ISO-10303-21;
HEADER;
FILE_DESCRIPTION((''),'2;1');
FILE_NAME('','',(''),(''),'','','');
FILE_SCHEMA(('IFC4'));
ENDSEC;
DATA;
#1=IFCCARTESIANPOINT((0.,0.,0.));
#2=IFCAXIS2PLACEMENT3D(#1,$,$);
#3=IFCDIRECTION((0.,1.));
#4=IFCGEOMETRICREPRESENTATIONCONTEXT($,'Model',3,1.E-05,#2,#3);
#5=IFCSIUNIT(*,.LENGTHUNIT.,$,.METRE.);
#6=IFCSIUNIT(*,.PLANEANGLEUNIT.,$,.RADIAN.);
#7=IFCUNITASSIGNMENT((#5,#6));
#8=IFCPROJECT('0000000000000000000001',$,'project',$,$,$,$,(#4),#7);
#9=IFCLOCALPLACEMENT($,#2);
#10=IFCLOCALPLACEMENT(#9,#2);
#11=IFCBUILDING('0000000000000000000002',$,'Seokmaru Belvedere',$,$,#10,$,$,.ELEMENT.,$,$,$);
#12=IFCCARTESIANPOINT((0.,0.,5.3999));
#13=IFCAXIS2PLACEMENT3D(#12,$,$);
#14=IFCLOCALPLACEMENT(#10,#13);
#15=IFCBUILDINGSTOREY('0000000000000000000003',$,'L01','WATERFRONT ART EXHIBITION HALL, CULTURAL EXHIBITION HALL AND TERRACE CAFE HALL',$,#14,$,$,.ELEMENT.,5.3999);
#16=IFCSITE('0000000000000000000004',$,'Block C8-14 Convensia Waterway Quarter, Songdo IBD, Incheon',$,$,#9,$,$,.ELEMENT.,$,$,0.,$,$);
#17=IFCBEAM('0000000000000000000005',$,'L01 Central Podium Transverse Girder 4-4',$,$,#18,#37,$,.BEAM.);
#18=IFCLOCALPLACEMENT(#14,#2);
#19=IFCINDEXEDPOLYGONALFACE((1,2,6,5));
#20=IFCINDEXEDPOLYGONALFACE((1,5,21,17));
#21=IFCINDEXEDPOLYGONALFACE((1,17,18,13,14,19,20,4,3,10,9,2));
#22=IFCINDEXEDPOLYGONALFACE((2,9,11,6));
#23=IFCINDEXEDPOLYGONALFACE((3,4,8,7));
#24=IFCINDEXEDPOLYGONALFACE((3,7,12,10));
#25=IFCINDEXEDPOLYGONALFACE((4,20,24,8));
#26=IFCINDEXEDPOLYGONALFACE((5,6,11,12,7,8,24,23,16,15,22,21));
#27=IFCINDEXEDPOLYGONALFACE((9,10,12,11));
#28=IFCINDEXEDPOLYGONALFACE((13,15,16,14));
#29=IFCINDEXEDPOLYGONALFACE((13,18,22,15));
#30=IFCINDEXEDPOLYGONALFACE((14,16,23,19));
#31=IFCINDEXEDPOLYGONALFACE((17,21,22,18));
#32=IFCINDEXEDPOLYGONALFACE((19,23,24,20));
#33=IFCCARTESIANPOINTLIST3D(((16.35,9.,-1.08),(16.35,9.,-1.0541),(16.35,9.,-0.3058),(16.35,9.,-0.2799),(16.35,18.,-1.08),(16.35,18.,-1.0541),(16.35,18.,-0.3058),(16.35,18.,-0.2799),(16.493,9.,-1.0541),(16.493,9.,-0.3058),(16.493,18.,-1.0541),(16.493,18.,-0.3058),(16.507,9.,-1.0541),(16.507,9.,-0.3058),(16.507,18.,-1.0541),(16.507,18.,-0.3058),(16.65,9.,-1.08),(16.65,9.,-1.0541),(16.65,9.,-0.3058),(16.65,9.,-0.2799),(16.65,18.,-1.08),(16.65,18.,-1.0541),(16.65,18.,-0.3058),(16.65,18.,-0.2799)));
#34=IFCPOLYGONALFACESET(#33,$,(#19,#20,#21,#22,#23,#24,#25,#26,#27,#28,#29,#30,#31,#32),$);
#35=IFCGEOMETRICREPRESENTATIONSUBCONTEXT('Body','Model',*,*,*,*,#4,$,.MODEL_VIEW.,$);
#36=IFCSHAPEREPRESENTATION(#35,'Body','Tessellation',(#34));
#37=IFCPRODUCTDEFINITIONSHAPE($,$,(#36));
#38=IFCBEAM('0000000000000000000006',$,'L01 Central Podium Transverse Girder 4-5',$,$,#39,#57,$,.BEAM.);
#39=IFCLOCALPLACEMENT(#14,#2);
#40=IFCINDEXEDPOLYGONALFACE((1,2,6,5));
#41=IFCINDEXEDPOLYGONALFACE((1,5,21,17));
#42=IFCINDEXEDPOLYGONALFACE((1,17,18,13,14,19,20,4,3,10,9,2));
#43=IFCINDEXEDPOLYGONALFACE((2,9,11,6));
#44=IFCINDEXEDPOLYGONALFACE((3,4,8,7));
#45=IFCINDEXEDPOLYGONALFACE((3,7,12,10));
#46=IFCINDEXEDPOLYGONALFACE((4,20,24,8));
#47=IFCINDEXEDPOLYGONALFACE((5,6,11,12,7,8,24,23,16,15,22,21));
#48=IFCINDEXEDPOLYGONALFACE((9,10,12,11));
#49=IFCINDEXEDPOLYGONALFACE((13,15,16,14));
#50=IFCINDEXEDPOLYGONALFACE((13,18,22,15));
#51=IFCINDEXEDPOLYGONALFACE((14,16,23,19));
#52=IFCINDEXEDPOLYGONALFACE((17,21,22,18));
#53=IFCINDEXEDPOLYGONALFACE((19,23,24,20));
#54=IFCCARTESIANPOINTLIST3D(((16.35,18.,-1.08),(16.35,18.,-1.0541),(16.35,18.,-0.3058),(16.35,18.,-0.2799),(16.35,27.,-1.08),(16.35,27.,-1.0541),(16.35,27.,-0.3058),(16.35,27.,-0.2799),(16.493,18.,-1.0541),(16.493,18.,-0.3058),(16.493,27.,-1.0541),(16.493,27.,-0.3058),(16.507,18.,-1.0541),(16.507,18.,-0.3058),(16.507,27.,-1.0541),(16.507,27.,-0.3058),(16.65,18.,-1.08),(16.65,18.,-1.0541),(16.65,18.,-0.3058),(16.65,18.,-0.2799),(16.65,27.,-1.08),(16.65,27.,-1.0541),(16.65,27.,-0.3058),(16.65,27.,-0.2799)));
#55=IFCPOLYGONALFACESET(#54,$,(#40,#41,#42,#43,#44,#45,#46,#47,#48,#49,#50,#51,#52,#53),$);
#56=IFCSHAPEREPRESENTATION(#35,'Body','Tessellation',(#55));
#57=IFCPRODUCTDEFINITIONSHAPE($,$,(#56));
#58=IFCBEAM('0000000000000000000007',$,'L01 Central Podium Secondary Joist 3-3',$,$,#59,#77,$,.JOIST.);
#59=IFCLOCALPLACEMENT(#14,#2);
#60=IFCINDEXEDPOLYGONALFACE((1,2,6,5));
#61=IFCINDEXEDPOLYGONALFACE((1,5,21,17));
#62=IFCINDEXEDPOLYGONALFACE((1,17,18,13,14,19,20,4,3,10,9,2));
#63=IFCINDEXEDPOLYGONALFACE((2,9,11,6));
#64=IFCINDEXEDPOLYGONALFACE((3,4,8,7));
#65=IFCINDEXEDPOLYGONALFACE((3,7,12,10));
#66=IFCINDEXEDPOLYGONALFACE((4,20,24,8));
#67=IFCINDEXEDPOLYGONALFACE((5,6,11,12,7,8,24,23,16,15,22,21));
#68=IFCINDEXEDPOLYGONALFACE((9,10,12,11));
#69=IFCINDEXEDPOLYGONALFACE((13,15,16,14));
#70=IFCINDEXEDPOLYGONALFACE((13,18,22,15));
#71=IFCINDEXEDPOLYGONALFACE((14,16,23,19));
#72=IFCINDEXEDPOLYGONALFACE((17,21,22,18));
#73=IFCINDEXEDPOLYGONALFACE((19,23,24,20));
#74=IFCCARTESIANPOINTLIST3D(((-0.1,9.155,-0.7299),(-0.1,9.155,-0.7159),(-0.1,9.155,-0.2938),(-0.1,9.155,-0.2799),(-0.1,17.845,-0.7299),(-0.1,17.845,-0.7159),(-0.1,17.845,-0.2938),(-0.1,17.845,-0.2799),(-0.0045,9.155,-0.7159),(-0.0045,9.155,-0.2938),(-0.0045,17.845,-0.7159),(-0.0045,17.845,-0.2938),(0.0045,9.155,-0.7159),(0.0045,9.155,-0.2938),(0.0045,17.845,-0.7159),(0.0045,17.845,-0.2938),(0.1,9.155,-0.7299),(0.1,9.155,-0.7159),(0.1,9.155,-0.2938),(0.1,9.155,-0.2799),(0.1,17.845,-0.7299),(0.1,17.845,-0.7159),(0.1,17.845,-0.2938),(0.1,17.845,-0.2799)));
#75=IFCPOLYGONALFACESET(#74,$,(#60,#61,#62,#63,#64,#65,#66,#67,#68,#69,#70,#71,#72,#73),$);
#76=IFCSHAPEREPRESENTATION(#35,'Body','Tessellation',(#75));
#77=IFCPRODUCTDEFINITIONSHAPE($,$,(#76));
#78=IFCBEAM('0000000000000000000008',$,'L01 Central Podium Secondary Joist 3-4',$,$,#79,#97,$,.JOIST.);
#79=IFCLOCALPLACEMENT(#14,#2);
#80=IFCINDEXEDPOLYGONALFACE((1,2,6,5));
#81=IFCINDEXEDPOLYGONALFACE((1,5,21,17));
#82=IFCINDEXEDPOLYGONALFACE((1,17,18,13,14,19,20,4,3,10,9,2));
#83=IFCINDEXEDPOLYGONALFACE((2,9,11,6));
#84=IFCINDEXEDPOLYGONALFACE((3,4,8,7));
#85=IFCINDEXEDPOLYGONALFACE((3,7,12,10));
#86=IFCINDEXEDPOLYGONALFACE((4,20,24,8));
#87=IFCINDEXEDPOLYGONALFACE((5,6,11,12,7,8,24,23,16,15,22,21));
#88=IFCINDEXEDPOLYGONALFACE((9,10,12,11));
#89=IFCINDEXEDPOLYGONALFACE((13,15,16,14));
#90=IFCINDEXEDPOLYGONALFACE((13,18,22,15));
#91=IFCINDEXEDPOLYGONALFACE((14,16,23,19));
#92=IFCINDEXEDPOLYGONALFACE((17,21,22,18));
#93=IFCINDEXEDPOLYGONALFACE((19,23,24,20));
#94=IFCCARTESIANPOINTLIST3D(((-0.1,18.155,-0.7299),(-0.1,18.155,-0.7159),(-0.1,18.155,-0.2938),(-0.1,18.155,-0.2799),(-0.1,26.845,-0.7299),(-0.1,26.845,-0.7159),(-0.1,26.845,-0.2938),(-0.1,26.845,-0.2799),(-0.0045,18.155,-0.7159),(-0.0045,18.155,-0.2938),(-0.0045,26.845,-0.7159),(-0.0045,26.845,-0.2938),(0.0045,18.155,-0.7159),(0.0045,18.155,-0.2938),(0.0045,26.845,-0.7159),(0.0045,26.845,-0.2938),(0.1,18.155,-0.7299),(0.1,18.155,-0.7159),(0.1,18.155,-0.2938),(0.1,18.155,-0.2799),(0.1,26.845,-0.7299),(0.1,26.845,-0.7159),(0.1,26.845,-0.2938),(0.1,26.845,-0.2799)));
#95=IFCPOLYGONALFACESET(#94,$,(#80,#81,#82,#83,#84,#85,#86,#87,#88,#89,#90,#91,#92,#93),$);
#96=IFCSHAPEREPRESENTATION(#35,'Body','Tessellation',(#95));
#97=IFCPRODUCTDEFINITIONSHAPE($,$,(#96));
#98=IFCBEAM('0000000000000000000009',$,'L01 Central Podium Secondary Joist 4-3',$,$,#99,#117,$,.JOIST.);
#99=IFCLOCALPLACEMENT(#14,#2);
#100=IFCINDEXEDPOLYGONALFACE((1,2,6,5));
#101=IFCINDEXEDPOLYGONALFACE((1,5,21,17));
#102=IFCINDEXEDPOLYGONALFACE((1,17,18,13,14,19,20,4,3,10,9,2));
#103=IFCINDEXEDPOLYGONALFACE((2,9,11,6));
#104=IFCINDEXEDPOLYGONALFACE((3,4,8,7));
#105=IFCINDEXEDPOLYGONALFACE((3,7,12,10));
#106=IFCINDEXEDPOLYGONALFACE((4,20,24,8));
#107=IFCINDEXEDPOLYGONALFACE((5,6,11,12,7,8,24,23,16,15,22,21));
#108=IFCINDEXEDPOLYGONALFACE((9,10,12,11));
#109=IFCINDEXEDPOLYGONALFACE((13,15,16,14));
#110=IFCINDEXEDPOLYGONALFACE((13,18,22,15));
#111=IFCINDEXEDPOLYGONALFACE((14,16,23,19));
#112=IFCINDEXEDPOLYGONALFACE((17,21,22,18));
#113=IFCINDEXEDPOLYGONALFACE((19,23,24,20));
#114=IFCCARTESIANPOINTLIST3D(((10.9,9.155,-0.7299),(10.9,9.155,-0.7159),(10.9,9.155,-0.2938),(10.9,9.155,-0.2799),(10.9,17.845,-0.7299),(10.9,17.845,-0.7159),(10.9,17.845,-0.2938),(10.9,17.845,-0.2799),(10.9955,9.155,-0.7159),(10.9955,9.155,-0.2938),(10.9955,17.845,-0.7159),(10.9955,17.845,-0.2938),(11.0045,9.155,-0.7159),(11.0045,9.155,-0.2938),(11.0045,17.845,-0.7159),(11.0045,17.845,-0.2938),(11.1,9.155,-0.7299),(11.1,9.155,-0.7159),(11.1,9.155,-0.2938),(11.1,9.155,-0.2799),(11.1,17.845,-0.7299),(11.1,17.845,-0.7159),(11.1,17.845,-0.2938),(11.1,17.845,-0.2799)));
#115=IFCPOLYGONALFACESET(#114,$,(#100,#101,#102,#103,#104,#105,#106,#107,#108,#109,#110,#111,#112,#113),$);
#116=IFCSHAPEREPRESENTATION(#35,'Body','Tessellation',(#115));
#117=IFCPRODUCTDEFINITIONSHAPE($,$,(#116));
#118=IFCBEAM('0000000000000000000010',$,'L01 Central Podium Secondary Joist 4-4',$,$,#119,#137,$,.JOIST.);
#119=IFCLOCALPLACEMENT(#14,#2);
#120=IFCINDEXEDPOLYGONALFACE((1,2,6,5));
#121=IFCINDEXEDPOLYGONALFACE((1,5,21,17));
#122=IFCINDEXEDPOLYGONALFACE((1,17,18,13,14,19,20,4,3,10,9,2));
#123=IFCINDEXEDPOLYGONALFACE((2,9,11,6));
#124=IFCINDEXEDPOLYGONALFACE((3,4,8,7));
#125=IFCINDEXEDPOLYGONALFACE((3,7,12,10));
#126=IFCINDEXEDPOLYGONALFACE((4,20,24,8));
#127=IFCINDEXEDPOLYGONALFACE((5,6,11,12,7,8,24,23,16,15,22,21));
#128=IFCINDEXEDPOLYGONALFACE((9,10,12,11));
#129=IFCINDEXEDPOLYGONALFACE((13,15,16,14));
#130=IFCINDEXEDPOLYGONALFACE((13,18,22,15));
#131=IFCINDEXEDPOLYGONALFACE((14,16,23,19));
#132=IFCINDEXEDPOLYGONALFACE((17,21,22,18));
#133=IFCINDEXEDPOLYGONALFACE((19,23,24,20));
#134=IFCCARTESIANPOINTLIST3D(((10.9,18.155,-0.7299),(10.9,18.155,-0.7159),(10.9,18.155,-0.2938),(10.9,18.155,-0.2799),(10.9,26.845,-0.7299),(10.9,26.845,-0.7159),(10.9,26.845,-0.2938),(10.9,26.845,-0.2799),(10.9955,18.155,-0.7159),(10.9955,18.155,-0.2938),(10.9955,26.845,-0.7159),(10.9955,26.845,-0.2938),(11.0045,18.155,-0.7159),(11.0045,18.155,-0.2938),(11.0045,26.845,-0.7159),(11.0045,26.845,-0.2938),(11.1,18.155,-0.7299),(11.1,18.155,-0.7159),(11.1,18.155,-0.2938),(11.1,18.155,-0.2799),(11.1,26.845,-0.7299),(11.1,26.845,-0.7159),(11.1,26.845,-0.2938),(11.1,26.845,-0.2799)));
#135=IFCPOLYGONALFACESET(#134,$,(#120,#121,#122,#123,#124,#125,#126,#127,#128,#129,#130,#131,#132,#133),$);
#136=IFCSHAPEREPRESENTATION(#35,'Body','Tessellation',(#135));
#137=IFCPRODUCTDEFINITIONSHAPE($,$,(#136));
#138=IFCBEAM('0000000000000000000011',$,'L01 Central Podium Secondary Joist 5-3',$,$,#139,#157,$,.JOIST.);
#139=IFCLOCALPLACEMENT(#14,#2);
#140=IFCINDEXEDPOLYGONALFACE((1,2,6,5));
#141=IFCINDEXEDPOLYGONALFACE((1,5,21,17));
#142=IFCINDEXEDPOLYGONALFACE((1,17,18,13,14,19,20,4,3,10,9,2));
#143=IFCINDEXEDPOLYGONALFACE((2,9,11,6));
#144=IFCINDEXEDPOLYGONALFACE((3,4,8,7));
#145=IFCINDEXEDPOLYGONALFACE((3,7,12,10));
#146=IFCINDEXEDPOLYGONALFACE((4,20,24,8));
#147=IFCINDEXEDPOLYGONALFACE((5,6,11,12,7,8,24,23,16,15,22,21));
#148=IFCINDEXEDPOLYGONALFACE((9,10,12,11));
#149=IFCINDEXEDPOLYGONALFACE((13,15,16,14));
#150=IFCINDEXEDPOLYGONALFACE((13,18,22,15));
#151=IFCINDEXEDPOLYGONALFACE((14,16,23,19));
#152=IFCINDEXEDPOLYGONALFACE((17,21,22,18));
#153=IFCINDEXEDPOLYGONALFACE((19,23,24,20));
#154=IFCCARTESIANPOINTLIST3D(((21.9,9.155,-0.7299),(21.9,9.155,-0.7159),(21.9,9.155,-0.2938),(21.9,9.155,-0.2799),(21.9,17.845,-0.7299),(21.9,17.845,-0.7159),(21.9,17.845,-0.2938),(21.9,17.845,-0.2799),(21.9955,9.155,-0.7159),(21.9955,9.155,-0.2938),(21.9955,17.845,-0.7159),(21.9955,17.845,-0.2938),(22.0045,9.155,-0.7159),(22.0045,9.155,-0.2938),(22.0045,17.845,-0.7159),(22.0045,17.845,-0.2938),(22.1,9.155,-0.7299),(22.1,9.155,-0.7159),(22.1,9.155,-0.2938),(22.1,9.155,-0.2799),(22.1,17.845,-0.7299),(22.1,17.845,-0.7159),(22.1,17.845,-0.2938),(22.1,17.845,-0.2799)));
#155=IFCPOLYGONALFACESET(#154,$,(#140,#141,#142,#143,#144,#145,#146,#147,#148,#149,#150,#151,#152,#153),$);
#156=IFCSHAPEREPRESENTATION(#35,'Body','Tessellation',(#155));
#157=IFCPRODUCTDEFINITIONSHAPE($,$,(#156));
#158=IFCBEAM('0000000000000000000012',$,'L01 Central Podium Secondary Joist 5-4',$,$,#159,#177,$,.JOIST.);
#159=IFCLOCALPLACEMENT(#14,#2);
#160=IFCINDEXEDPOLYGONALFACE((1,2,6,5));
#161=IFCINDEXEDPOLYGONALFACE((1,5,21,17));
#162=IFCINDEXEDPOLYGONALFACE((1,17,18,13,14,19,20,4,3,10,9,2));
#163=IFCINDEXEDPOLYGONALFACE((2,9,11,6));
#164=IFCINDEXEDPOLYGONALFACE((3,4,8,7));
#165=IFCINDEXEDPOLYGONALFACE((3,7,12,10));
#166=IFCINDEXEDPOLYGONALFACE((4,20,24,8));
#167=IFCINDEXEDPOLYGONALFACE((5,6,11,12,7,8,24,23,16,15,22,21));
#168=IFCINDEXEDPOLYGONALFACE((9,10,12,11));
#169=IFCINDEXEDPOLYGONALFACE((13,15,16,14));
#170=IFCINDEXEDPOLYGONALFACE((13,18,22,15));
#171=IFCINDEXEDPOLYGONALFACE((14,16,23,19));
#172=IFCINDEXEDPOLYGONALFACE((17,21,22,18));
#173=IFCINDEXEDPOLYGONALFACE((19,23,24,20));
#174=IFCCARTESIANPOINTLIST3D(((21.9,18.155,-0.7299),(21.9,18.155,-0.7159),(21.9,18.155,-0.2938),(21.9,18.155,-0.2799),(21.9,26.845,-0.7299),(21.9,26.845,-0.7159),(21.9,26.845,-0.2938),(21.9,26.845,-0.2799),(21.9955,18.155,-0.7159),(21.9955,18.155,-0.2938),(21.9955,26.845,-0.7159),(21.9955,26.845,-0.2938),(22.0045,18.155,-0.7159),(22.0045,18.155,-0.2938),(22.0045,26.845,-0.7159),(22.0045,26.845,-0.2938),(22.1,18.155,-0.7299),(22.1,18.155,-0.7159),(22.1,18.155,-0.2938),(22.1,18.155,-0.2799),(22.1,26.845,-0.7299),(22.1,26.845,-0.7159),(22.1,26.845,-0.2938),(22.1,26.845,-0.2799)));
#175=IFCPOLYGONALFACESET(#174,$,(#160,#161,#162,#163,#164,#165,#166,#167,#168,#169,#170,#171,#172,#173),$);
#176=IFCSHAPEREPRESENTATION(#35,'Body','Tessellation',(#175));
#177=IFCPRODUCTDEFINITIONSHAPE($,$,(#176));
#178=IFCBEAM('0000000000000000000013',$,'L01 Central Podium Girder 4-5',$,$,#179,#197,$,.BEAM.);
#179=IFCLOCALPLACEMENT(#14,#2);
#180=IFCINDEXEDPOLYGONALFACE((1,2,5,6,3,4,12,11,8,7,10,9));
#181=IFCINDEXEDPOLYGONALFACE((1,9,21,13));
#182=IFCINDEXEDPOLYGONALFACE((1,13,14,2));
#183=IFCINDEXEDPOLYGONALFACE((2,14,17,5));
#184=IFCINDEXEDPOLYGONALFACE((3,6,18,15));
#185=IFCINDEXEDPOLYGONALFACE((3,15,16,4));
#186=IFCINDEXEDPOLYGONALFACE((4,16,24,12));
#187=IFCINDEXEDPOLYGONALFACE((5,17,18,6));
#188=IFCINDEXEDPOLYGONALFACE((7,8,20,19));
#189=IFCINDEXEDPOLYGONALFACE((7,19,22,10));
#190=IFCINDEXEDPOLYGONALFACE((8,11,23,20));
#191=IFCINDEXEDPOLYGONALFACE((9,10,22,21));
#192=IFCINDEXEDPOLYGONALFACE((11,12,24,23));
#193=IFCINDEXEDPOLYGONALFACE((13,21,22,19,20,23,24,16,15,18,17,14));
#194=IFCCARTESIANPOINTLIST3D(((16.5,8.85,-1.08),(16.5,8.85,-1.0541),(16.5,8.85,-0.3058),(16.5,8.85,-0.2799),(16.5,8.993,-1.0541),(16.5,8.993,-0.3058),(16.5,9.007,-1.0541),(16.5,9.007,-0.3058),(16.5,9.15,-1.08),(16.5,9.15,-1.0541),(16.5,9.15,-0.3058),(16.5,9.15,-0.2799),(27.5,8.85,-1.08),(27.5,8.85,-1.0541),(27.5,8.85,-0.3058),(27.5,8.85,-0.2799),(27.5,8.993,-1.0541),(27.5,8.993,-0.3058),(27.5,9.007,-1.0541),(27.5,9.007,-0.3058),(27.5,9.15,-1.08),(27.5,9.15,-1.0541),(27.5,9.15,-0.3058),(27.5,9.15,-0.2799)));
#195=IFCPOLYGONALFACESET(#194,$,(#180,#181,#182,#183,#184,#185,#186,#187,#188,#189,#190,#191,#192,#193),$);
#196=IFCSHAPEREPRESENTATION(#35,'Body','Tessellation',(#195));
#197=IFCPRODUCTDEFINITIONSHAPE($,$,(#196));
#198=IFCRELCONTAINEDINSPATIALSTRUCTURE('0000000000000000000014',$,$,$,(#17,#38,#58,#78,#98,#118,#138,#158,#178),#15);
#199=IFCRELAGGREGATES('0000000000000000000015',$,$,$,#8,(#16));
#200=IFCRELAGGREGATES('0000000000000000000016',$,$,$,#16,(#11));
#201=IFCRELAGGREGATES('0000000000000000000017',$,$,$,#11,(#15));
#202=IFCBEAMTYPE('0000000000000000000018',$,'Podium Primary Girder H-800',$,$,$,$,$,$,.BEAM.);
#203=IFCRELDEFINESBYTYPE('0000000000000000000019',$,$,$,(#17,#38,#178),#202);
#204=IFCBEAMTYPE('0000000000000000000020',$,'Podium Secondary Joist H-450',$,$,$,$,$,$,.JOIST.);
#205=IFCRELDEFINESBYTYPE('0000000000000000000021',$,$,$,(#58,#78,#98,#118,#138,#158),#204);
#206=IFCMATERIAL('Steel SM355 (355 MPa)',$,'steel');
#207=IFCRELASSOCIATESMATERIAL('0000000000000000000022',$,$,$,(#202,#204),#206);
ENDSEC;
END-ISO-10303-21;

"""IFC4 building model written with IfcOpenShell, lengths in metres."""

from ifc_helpers import new_model, si_unit, direction, frame, origin, origin_2d, place, context, subcontext, project, spatial, i_section, extrude, source, transform, mapped, material, material_profile, profile_set, type_object, type_shapes, element, save


model = new_model("IFC4")

# Units and contexts
model_context = context("Model", 3, precision=1e-05, world=origin(), true_north=direction((0.0, 1.0)))
body_context = subcontext(model_context, "Body", "Model", "MODEL_VIEW")
ifc_project = project(units=[si_unit("LENGTHUNIT", "METRE"), si_unit("PLANEANGLEUNIT", "RADIAN")], contexts=[model_context])

# Site, building, storey
site_placement = place(None, origin())
site = spatial("IfcSite", under=ifc_project, at=site_placement, Name="Block C8-14 Convensia Waterway Quarter, Songdo IBD, Incheon", CompositionType="ELEMENT", RefElevation=0.0)
building_placement = place(site_placement, origin())
building = spatial("IfcBuilding", under=site, at=building_placement, Name="Seokmaru Belvedere", CompositionType="ELEMENT")
storey_placement = place(building_placement, frame((0.0, 0.0, 5.3999)))
storey = spatial("IfcBuildingStorey", under=building, at=storey_placement, Name="L01", Description="WATERFRONT ART EXHIBITION HALL, CULTURAL EXHIBITION HALL AND TERRACE CAFE HALL", CompositionType="ELEMENT", Elevation=5.3999)

# Shared definitions
ifc_material_1 = material(Name="Steel SM355 (355 MPa)", Category="steel")

# Beams
ifc_material_profile_1 = material_profile(ifc_material_1, i_section(OverallWidth=0.3, OverallDepth=0.8, WebThickness=0.0139, FlangeThickness=0.0259, at=origin_2d()), Name="H-800x300x14x26")
ifc_profile_set_1 = profile_set([ifc_material_profile_1], Name="Steel SM355 (355 MPa)")
beam_type_1 = type_object("IfcBeamType", Name="Podium Primary Girder H-800", PredefinedType="BEAM", material=ifc_profile_set_1)
shared_shape_1 = source(origin(), body_context, "Body", "SweptSolid", [
    extrude(i_section(OverallWidth=0.3, OverallDepth=0.8, WebThickness=0.0139, FlangeThickness=0.0259, at=origin_2d()), origin(), (0.0, 0.0, 1.0), 9.0),
])
for number, where, z_axis, x_axis, name in (
    (1, (16.5, 9.0, -0.6799), (0.0, 1.0, 0.0), (-1.0, 0.0, 0.0), "L01 Central Podium Transverse Girder 4-4"),
    (2, (16.5, 18.0, -0.6799), (0.0, 1.0, 0.0), (-1.0, 0.0, 0.0), "L01 Central Podium Transverse Girder 4-5"),
):
    element("IfcBeam", number, at=place(storey_placement, frame(where, z_axis=z_axis, x_axis=x_axis)), inside=storey, type_object=beam_type_1, Name=name, PredefinedType="BEAM", context=body_context, shape_type="MappedRepresentation", body=[
        mapped(shared_shape_1, transform((0.0, 0.0, 0.0), scale=1.0)),
    ])
ifc_material_profile_2 = material_profile(ifc_material_1, i_section(OverallWidth=0.2, OverallDepth=0.45, WebThickness=0.009, FlangeThickness=0.0139, at=origin_2d()), Name="H-450x200x9x14")
ifc_profile_set_2 = profile_set([ifc_material_profile_2], Name="Steel SM355 (355 MPa)")
beam_type_2 = type_object("IfcBeamType", Name="Podium Secondary Joist H-450", PredefinedType="JOIST", material=ifc_profile_set_2)
shared_shape_2 = source(origin(), body_context, "Body", "SweptSolid", [
    extrude(i_section(OverallWidth=0.2, OverallDepth=0.45, WebThickness=0.009, FlangeThickness=0.0139, at=origin_2d()), origin(), (0.0, 0.0, 1.0), 8.6899),
])
type_shapes(beam_type_2, [shared_shape_2])
for number, where, z_axis, x_axis, name in (
    (3, (0.0, 9.155, -0.5049), (0.0, 1.0, 0.0), (-1.0, 0.0, 0.0), "L01 Central Podium Secondary Joist 3-3"),
    (4, (0.0, 18.155, -0.5049), (0.0, 1.0, 0.0), (-1.0, 0.0, 0.0), "L01 Central Podium Secondary Joist 3-4"),
    (5, (11.0, 9.155, -0.5049), (0.0, 1.0, 0.0), (-1.0, 0.0, 0.0), "L01 Central Podium Secondary Joist 4-3"),
    (6, (11.0, 18.155, -0.5049), (0.0, 1.0, 0.0), (-1.0, 0.0, 0.0), "L01 Central Podium Secondary Joist 4-4"),
    (7, (22.0, 9.155, -0.5049), (0.0, 1.0, 0.0), (-1.0, 0.0, 0.0), "L01 Central Podium Secondary Joist 5-3"),
    (8, (22.0, 18.155, -0.5049), (0.0, 1.0, 0.0), (-1.0, 0.0, 0.0), "L01 Central Podium Secondary Joist 5-4"),
):
    element("IfcBeam", number, at=place(storey_placement, frame(where, z_axis=z_axis, x_axis=x_axis)), inside=storey, type_object=beam_type_2, Name=name, PredefinedType="JOIST", context=body_context, shape_type="MappedRepresentation", body=[
        mapped(shared_shape_2, transform((0.0, 0.0, 0.0), scale=1.0)),
    ])
shared_shape_3 = source(origin(), body_context, "Body", "SweptSolid", [
    extrude(i_section(OverallWidth=0.3, OverallDepth=0.8, WebThickness=0.0139, FlangeThickness=0.0259, at=origin_2d()), origin(), (0.0, 0.0, 1.0), 11.0),
])
for number, where, z_axis, x_axis, name in (
    (9, (16.5, 9.0, -0.6799), (1.0, 0.0, 0.0), (0.0, 1.0, 0.0), "L01 Central Podium Girder 4-5"),
):
    element("IfcBeam", number, at=place(storey_placement, frame(where, z_axis=z_axis, x_axis=x_axis)), inside=storey, type_object=beam_type_1, Name=name, PredefinedType="BEAM", context=body_context, shape_type="MappedRepresentation", body=[
        mapped(shared_shape_3, transform((0.0, 0.0, 0.0), scale=1.0)),
    ])

save(model, "model.ifc")
